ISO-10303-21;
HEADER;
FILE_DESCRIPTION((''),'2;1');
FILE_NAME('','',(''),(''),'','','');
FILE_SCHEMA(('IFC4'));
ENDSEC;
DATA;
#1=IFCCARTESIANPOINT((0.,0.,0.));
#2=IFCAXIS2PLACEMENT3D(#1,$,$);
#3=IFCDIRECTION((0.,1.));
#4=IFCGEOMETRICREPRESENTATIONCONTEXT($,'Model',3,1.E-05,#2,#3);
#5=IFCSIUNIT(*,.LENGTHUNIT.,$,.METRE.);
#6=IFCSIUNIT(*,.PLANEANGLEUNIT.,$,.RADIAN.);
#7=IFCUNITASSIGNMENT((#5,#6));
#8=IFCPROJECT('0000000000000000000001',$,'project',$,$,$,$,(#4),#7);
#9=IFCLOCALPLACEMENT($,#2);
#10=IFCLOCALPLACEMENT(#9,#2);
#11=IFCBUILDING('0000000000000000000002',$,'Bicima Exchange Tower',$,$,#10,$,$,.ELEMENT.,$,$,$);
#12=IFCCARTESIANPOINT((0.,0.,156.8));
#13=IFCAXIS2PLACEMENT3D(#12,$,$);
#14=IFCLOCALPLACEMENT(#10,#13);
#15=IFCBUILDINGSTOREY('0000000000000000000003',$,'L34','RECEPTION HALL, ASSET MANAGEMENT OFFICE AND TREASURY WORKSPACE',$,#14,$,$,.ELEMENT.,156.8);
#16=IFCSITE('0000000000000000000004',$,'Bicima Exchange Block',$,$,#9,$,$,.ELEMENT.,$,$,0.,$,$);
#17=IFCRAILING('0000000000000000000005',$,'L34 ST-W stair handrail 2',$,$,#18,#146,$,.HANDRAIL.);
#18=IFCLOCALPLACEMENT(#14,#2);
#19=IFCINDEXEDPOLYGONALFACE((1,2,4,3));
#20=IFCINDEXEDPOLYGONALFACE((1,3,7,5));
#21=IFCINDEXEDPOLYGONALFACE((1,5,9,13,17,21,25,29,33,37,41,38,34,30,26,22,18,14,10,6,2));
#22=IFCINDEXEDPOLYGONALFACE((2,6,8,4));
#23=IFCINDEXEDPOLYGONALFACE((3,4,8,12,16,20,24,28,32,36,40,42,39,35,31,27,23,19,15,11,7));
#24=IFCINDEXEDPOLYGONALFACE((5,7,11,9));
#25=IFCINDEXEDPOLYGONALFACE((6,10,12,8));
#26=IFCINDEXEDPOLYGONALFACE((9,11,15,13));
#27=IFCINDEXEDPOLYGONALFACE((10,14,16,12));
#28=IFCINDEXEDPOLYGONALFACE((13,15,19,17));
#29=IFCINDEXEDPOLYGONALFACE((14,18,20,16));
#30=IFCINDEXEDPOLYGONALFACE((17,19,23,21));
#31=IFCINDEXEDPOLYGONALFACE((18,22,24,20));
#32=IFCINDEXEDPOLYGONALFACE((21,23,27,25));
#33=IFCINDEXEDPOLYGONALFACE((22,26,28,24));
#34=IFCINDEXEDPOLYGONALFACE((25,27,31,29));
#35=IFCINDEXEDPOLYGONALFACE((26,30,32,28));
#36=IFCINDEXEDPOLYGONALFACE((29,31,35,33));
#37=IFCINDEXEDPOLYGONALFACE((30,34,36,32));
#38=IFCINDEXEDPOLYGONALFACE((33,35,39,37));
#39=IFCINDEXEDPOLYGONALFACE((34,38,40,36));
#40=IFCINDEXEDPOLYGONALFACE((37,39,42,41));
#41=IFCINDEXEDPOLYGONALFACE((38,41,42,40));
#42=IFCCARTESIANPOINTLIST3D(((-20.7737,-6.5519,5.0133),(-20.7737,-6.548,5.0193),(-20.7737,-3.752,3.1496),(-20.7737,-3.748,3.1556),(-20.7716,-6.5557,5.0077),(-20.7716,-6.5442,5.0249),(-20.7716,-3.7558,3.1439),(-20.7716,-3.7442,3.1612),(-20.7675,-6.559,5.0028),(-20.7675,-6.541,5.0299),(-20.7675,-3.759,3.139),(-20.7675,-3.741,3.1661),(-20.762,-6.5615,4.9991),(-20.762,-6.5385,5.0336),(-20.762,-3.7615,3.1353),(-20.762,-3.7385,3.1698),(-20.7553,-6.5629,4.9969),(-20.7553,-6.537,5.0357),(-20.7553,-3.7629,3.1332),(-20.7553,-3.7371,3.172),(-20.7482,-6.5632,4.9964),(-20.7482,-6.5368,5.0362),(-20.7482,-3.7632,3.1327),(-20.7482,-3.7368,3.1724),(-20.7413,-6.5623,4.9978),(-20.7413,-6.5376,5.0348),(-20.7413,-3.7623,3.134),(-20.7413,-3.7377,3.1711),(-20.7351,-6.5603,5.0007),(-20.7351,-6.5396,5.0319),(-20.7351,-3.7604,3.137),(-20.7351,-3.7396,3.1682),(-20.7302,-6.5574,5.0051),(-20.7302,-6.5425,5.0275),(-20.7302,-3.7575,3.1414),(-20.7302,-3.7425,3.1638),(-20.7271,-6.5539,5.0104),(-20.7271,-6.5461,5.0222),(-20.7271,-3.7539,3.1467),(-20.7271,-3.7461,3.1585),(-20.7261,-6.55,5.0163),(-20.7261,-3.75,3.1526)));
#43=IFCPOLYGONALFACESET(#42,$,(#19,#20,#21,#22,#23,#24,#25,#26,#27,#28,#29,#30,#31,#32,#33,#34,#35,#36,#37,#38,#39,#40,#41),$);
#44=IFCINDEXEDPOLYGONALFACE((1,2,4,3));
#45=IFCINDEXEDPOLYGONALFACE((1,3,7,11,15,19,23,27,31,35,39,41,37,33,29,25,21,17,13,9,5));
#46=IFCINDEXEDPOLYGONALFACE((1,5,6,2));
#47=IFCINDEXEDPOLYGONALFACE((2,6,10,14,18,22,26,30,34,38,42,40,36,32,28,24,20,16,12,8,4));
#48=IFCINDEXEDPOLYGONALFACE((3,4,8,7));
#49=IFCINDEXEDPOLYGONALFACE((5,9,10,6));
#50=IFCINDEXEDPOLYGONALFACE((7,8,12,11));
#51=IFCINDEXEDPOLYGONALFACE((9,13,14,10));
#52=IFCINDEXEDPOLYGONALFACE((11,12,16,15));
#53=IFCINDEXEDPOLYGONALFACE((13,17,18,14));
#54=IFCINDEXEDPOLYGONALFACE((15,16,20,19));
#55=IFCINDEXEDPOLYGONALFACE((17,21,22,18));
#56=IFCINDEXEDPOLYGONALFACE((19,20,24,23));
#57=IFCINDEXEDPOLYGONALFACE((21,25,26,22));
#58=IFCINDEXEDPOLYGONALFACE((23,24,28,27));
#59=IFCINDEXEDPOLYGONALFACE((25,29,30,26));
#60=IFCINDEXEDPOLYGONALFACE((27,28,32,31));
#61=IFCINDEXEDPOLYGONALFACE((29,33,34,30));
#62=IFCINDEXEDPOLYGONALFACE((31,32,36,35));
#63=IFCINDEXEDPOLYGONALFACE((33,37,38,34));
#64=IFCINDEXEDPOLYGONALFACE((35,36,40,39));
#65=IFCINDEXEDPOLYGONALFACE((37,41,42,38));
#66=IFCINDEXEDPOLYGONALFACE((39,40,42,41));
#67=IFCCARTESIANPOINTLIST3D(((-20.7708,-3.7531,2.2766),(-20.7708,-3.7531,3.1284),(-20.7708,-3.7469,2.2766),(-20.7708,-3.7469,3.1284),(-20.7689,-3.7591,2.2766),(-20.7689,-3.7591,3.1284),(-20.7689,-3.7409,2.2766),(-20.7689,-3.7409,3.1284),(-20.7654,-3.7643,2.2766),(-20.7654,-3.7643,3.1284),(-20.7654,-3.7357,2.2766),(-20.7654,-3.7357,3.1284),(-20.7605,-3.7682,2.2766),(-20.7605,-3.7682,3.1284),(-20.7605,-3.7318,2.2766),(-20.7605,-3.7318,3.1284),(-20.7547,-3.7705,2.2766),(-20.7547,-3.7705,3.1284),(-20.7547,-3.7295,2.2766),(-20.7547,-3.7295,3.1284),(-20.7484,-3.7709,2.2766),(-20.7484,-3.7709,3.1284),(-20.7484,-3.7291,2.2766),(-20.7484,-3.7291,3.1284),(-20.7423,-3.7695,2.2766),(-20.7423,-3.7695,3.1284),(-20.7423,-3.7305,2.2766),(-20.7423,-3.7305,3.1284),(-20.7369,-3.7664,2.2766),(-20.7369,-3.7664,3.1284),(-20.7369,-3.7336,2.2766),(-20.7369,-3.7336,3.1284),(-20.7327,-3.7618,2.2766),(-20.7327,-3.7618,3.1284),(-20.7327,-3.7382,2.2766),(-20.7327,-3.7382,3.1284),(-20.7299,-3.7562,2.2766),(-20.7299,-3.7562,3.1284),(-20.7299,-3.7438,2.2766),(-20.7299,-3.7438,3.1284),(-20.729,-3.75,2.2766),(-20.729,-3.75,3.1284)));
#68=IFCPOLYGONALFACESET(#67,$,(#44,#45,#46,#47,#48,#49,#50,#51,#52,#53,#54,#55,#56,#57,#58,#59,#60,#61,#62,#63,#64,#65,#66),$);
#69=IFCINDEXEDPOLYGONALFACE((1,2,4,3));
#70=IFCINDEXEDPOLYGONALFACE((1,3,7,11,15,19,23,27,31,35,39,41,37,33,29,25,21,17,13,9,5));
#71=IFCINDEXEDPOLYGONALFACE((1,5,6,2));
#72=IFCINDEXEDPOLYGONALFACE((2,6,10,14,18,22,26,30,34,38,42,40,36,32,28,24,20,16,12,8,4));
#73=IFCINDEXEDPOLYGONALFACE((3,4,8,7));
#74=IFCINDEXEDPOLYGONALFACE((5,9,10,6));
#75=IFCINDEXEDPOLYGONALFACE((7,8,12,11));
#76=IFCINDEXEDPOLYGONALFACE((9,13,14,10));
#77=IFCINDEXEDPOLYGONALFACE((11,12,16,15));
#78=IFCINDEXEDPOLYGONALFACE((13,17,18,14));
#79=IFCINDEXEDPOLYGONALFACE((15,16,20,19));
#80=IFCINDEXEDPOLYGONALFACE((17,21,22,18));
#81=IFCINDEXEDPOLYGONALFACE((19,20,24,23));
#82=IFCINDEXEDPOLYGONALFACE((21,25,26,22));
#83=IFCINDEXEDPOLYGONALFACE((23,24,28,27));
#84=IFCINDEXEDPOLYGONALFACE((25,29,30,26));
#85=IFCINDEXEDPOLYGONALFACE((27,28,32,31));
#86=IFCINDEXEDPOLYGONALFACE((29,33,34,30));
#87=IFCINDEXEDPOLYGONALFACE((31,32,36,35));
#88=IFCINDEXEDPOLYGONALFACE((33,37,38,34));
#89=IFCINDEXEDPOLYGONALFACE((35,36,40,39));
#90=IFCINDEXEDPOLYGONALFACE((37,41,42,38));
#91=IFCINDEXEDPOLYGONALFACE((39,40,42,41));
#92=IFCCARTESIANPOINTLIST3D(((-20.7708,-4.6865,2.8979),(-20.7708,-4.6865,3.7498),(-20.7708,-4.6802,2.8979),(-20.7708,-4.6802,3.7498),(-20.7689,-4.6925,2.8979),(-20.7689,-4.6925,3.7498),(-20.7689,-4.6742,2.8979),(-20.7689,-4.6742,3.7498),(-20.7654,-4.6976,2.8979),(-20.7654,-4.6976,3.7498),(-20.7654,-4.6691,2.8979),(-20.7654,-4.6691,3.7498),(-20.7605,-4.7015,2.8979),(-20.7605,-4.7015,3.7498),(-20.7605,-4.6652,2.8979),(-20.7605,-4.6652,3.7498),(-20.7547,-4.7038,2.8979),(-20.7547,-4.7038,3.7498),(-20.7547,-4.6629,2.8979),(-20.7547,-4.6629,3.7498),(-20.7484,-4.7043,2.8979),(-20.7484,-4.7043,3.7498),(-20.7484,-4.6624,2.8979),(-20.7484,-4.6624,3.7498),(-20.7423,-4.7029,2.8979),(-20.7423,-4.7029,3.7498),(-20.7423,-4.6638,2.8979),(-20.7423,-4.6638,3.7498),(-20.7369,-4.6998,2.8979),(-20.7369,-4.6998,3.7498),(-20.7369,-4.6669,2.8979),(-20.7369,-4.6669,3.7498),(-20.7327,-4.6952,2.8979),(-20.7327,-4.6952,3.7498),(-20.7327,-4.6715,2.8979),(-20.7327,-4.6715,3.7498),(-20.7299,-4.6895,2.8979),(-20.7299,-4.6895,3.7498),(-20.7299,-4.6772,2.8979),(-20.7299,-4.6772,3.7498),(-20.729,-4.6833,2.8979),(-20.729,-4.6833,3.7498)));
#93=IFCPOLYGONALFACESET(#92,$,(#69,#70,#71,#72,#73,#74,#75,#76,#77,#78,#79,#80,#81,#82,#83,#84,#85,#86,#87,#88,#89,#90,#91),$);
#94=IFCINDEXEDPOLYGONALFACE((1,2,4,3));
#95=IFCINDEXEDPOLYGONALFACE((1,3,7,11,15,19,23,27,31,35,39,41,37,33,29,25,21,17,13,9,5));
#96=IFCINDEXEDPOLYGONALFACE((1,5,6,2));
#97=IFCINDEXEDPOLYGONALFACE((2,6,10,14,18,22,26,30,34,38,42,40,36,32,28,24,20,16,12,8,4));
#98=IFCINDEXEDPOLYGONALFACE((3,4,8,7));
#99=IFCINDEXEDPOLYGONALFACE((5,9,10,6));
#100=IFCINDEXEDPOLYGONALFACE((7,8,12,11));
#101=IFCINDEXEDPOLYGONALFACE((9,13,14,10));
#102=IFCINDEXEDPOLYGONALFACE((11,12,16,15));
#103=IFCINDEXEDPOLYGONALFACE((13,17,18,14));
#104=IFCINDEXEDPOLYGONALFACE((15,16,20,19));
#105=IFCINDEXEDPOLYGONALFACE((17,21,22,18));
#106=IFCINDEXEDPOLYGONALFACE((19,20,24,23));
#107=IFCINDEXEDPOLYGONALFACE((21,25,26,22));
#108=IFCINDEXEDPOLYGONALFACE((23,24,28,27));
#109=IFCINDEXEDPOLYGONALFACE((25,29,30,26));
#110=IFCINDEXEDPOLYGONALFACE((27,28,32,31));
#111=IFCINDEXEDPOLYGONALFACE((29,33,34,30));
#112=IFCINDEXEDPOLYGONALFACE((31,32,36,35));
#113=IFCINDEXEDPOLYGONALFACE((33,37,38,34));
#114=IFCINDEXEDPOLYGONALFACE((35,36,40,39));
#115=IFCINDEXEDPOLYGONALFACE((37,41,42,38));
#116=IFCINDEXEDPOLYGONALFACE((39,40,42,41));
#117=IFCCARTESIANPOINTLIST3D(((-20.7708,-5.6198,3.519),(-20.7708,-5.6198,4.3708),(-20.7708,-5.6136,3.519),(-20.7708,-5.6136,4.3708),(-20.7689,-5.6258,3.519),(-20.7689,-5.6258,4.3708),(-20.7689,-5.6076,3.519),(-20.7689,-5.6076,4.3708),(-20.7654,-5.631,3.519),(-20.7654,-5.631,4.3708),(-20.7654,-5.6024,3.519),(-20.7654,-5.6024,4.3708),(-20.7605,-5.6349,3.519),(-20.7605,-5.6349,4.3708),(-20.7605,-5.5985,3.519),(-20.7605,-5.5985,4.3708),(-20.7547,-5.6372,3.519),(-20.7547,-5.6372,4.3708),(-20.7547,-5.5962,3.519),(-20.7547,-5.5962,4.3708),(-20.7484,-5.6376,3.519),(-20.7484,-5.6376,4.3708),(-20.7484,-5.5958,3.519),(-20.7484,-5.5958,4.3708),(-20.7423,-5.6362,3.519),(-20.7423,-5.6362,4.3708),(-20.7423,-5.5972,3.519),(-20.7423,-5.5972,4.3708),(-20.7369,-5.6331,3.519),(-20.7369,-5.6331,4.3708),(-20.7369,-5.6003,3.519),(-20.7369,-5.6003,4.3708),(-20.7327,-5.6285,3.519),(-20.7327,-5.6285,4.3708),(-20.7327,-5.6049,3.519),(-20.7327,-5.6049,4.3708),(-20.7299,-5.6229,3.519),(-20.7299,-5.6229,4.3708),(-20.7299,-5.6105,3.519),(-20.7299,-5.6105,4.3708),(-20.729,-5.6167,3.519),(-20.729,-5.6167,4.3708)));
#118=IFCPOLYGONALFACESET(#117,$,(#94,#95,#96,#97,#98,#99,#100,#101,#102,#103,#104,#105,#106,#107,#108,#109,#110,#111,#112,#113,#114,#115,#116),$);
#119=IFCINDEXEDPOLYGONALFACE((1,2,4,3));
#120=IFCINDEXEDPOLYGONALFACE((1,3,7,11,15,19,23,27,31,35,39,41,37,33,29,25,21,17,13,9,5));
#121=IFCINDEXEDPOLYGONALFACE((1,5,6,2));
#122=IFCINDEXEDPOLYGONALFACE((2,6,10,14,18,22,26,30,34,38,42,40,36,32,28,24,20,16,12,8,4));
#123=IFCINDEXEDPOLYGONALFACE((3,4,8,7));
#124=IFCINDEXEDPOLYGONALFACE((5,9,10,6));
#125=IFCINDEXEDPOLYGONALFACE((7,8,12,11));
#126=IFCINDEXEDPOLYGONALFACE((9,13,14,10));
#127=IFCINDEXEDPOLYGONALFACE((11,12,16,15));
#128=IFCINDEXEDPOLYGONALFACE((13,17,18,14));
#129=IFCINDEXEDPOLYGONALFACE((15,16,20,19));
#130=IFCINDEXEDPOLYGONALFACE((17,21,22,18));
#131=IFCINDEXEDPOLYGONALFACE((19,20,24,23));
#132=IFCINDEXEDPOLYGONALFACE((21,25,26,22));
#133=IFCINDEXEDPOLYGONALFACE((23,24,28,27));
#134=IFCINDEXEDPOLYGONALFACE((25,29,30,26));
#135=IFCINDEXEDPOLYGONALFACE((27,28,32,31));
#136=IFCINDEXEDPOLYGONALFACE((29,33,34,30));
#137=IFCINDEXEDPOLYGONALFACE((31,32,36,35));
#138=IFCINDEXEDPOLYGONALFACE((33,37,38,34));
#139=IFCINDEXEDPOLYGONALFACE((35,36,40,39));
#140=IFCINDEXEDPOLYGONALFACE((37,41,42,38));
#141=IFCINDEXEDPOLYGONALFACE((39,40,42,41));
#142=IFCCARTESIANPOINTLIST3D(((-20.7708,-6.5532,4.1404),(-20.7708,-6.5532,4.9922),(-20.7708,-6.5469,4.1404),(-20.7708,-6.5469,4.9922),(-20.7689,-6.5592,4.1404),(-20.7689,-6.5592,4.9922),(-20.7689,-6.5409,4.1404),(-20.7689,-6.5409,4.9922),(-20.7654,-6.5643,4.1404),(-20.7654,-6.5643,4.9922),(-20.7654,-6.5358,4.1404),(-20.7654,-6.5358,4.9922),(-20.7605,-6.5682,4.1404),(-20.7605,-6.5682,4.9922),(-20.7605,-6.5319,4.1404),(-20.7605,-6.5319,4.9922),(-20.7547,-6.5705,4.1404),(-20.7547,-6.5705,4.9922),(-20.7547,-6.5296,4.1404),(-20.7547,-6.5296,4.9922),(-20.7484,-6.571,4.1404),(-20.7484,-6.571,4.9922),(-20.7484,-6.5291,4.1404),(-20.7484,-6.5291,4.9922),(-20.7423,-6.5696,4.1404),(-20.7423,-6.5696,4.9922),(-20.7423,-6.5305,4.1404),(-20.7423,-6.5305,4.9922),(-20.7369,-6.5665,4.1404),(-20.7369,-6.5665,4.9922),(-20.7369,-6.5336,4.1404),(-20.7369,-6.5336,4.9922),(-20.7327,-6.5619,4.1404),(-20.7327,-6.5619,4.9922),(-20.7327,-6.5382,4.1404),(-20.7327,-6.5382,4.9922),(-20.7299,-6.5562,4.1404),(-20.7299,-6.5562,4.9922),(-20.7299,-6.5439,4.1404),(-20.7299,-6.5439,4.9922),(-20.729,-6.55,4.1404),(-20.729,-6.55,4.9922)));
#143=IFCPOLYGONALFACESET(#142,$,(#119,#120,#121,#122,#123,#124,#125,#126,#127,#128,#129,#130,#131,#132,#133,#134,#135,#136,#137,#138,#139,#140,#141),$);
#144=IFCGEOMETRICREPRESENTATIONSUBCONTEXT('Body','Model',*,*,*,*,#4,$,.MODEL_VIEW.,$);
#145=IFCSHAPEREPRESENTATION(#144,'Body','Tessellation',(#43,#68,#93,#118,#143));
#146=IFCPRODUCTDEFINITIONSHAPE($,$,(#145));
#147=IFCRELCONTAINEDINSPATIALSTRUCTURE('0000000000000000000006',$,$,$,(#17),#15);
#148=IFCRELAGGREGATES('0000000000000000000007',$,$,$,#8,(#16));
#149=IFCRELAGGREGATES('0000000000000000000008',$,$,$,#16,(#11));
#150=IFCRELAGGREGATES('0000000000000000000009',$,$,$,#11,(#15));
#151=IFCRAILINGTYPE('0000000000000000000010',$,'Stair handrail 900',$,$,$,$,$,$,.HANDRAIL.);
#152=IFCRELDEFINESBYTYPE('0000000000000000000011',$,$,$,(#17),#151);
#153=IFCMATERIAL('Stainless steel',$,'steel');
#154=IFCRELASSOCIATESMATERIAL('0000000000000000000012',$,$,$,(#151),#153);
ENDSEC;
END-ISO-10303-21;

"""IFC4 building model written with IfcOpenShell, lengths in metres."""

from ifc_helpers import new_model, si_unit, direction, frame, origin, origin_2d, place, context, subcontext, project, spatial, circle, extrude, material, type_object, element, save


model = new_model("IFC4")

# Units and contexts
model_context = context("Model", 3, precision=1e-05, world=origin(), true_north=direction((0.0, 1.0)))
body_context = subcontext(model_context, "Body", "Model", "MODEL_VIEW")
ifc_project = project(units=[si_unit("LENGTHUNIT", "METRE"), si_unit("PLANEANGLEUNIT", "RADIAN")], contexts=[model_context])

# Site, building, storey
site_placement = place(None, origin())
site = spatial("IfcSite", under=ifc_project, at=site_placement, Name="Bicima Exchange Block", CompositionType="ELEMENT", RefElevation=0.0)
building_placement = place(site_placement, origin())
building = spatial("IfcBuilding", under=site, at=building_placement, Name="Bicima Exchange Tower", CompositionType="ELEMENT")
storey_placement = place(building_placement, frame((0.0, 0.0, 156.8)))
storey = spatial("IfcBuildingStorey", under=building, at=storey_placement, Name="L34", Description="RECEPTION HALL, ASSET MANAGEMENT OFFICE AND TREASURY WORKSPACE", CompositionType="ELEMENT", Elevation=156.8)

# Railing
ifc_material_1 = material(Name="Stainless steel", Category="steel")
railing_type = type_object("IfcRailingType", Name="Stair handrail 900", PredefinedType="HANDRAIL", material=ifc_material_1)
railing_placement = place(storey_placement, frame((-20.75, -3.75, 2.2766)))
element("IfcRailing", 1, at=railing_placement, inside=storey, type_object=railing_type, Name="L34 ST-W stair handrail 2", PredefinedType="HANDRAIL", context=body_context, shape_type="SweptSolid", body=[
    extrude(circle(Radius=0.0239, at=origin_2d()), frame((0.0, 0.0, 0.876), z_axis=(0.0, -0.832452, 0.554097), x_axis=(1.0, 0.0, 0.0)), (0.0, 0.0, 1.0), 3.3635),
    extrude(circle(Radius=0.021, at=origin_2d()), origin(), (0.0, 0.0, 1.0), 0.8518),
    extrude(circle(Radius=0.021, at=origin_2d()), frame((0.0, -0.9333, 0.6213)), (0.0, 0.0, 1.0), 0.8518),
    extrude(circle(Radius=0.021, at=origin_2d()), frame((0.0, -1.8667, 1.2424)), (0.0, 0.0, 1.0), 0.8518),
    extrude(circle(Radius=0.021, at=origin_2d()), frame((0.0, -2.8, 1.8638)), (0.0, 0.0, 1.0), 0.8518),
])

save(model, "model.ifc")
